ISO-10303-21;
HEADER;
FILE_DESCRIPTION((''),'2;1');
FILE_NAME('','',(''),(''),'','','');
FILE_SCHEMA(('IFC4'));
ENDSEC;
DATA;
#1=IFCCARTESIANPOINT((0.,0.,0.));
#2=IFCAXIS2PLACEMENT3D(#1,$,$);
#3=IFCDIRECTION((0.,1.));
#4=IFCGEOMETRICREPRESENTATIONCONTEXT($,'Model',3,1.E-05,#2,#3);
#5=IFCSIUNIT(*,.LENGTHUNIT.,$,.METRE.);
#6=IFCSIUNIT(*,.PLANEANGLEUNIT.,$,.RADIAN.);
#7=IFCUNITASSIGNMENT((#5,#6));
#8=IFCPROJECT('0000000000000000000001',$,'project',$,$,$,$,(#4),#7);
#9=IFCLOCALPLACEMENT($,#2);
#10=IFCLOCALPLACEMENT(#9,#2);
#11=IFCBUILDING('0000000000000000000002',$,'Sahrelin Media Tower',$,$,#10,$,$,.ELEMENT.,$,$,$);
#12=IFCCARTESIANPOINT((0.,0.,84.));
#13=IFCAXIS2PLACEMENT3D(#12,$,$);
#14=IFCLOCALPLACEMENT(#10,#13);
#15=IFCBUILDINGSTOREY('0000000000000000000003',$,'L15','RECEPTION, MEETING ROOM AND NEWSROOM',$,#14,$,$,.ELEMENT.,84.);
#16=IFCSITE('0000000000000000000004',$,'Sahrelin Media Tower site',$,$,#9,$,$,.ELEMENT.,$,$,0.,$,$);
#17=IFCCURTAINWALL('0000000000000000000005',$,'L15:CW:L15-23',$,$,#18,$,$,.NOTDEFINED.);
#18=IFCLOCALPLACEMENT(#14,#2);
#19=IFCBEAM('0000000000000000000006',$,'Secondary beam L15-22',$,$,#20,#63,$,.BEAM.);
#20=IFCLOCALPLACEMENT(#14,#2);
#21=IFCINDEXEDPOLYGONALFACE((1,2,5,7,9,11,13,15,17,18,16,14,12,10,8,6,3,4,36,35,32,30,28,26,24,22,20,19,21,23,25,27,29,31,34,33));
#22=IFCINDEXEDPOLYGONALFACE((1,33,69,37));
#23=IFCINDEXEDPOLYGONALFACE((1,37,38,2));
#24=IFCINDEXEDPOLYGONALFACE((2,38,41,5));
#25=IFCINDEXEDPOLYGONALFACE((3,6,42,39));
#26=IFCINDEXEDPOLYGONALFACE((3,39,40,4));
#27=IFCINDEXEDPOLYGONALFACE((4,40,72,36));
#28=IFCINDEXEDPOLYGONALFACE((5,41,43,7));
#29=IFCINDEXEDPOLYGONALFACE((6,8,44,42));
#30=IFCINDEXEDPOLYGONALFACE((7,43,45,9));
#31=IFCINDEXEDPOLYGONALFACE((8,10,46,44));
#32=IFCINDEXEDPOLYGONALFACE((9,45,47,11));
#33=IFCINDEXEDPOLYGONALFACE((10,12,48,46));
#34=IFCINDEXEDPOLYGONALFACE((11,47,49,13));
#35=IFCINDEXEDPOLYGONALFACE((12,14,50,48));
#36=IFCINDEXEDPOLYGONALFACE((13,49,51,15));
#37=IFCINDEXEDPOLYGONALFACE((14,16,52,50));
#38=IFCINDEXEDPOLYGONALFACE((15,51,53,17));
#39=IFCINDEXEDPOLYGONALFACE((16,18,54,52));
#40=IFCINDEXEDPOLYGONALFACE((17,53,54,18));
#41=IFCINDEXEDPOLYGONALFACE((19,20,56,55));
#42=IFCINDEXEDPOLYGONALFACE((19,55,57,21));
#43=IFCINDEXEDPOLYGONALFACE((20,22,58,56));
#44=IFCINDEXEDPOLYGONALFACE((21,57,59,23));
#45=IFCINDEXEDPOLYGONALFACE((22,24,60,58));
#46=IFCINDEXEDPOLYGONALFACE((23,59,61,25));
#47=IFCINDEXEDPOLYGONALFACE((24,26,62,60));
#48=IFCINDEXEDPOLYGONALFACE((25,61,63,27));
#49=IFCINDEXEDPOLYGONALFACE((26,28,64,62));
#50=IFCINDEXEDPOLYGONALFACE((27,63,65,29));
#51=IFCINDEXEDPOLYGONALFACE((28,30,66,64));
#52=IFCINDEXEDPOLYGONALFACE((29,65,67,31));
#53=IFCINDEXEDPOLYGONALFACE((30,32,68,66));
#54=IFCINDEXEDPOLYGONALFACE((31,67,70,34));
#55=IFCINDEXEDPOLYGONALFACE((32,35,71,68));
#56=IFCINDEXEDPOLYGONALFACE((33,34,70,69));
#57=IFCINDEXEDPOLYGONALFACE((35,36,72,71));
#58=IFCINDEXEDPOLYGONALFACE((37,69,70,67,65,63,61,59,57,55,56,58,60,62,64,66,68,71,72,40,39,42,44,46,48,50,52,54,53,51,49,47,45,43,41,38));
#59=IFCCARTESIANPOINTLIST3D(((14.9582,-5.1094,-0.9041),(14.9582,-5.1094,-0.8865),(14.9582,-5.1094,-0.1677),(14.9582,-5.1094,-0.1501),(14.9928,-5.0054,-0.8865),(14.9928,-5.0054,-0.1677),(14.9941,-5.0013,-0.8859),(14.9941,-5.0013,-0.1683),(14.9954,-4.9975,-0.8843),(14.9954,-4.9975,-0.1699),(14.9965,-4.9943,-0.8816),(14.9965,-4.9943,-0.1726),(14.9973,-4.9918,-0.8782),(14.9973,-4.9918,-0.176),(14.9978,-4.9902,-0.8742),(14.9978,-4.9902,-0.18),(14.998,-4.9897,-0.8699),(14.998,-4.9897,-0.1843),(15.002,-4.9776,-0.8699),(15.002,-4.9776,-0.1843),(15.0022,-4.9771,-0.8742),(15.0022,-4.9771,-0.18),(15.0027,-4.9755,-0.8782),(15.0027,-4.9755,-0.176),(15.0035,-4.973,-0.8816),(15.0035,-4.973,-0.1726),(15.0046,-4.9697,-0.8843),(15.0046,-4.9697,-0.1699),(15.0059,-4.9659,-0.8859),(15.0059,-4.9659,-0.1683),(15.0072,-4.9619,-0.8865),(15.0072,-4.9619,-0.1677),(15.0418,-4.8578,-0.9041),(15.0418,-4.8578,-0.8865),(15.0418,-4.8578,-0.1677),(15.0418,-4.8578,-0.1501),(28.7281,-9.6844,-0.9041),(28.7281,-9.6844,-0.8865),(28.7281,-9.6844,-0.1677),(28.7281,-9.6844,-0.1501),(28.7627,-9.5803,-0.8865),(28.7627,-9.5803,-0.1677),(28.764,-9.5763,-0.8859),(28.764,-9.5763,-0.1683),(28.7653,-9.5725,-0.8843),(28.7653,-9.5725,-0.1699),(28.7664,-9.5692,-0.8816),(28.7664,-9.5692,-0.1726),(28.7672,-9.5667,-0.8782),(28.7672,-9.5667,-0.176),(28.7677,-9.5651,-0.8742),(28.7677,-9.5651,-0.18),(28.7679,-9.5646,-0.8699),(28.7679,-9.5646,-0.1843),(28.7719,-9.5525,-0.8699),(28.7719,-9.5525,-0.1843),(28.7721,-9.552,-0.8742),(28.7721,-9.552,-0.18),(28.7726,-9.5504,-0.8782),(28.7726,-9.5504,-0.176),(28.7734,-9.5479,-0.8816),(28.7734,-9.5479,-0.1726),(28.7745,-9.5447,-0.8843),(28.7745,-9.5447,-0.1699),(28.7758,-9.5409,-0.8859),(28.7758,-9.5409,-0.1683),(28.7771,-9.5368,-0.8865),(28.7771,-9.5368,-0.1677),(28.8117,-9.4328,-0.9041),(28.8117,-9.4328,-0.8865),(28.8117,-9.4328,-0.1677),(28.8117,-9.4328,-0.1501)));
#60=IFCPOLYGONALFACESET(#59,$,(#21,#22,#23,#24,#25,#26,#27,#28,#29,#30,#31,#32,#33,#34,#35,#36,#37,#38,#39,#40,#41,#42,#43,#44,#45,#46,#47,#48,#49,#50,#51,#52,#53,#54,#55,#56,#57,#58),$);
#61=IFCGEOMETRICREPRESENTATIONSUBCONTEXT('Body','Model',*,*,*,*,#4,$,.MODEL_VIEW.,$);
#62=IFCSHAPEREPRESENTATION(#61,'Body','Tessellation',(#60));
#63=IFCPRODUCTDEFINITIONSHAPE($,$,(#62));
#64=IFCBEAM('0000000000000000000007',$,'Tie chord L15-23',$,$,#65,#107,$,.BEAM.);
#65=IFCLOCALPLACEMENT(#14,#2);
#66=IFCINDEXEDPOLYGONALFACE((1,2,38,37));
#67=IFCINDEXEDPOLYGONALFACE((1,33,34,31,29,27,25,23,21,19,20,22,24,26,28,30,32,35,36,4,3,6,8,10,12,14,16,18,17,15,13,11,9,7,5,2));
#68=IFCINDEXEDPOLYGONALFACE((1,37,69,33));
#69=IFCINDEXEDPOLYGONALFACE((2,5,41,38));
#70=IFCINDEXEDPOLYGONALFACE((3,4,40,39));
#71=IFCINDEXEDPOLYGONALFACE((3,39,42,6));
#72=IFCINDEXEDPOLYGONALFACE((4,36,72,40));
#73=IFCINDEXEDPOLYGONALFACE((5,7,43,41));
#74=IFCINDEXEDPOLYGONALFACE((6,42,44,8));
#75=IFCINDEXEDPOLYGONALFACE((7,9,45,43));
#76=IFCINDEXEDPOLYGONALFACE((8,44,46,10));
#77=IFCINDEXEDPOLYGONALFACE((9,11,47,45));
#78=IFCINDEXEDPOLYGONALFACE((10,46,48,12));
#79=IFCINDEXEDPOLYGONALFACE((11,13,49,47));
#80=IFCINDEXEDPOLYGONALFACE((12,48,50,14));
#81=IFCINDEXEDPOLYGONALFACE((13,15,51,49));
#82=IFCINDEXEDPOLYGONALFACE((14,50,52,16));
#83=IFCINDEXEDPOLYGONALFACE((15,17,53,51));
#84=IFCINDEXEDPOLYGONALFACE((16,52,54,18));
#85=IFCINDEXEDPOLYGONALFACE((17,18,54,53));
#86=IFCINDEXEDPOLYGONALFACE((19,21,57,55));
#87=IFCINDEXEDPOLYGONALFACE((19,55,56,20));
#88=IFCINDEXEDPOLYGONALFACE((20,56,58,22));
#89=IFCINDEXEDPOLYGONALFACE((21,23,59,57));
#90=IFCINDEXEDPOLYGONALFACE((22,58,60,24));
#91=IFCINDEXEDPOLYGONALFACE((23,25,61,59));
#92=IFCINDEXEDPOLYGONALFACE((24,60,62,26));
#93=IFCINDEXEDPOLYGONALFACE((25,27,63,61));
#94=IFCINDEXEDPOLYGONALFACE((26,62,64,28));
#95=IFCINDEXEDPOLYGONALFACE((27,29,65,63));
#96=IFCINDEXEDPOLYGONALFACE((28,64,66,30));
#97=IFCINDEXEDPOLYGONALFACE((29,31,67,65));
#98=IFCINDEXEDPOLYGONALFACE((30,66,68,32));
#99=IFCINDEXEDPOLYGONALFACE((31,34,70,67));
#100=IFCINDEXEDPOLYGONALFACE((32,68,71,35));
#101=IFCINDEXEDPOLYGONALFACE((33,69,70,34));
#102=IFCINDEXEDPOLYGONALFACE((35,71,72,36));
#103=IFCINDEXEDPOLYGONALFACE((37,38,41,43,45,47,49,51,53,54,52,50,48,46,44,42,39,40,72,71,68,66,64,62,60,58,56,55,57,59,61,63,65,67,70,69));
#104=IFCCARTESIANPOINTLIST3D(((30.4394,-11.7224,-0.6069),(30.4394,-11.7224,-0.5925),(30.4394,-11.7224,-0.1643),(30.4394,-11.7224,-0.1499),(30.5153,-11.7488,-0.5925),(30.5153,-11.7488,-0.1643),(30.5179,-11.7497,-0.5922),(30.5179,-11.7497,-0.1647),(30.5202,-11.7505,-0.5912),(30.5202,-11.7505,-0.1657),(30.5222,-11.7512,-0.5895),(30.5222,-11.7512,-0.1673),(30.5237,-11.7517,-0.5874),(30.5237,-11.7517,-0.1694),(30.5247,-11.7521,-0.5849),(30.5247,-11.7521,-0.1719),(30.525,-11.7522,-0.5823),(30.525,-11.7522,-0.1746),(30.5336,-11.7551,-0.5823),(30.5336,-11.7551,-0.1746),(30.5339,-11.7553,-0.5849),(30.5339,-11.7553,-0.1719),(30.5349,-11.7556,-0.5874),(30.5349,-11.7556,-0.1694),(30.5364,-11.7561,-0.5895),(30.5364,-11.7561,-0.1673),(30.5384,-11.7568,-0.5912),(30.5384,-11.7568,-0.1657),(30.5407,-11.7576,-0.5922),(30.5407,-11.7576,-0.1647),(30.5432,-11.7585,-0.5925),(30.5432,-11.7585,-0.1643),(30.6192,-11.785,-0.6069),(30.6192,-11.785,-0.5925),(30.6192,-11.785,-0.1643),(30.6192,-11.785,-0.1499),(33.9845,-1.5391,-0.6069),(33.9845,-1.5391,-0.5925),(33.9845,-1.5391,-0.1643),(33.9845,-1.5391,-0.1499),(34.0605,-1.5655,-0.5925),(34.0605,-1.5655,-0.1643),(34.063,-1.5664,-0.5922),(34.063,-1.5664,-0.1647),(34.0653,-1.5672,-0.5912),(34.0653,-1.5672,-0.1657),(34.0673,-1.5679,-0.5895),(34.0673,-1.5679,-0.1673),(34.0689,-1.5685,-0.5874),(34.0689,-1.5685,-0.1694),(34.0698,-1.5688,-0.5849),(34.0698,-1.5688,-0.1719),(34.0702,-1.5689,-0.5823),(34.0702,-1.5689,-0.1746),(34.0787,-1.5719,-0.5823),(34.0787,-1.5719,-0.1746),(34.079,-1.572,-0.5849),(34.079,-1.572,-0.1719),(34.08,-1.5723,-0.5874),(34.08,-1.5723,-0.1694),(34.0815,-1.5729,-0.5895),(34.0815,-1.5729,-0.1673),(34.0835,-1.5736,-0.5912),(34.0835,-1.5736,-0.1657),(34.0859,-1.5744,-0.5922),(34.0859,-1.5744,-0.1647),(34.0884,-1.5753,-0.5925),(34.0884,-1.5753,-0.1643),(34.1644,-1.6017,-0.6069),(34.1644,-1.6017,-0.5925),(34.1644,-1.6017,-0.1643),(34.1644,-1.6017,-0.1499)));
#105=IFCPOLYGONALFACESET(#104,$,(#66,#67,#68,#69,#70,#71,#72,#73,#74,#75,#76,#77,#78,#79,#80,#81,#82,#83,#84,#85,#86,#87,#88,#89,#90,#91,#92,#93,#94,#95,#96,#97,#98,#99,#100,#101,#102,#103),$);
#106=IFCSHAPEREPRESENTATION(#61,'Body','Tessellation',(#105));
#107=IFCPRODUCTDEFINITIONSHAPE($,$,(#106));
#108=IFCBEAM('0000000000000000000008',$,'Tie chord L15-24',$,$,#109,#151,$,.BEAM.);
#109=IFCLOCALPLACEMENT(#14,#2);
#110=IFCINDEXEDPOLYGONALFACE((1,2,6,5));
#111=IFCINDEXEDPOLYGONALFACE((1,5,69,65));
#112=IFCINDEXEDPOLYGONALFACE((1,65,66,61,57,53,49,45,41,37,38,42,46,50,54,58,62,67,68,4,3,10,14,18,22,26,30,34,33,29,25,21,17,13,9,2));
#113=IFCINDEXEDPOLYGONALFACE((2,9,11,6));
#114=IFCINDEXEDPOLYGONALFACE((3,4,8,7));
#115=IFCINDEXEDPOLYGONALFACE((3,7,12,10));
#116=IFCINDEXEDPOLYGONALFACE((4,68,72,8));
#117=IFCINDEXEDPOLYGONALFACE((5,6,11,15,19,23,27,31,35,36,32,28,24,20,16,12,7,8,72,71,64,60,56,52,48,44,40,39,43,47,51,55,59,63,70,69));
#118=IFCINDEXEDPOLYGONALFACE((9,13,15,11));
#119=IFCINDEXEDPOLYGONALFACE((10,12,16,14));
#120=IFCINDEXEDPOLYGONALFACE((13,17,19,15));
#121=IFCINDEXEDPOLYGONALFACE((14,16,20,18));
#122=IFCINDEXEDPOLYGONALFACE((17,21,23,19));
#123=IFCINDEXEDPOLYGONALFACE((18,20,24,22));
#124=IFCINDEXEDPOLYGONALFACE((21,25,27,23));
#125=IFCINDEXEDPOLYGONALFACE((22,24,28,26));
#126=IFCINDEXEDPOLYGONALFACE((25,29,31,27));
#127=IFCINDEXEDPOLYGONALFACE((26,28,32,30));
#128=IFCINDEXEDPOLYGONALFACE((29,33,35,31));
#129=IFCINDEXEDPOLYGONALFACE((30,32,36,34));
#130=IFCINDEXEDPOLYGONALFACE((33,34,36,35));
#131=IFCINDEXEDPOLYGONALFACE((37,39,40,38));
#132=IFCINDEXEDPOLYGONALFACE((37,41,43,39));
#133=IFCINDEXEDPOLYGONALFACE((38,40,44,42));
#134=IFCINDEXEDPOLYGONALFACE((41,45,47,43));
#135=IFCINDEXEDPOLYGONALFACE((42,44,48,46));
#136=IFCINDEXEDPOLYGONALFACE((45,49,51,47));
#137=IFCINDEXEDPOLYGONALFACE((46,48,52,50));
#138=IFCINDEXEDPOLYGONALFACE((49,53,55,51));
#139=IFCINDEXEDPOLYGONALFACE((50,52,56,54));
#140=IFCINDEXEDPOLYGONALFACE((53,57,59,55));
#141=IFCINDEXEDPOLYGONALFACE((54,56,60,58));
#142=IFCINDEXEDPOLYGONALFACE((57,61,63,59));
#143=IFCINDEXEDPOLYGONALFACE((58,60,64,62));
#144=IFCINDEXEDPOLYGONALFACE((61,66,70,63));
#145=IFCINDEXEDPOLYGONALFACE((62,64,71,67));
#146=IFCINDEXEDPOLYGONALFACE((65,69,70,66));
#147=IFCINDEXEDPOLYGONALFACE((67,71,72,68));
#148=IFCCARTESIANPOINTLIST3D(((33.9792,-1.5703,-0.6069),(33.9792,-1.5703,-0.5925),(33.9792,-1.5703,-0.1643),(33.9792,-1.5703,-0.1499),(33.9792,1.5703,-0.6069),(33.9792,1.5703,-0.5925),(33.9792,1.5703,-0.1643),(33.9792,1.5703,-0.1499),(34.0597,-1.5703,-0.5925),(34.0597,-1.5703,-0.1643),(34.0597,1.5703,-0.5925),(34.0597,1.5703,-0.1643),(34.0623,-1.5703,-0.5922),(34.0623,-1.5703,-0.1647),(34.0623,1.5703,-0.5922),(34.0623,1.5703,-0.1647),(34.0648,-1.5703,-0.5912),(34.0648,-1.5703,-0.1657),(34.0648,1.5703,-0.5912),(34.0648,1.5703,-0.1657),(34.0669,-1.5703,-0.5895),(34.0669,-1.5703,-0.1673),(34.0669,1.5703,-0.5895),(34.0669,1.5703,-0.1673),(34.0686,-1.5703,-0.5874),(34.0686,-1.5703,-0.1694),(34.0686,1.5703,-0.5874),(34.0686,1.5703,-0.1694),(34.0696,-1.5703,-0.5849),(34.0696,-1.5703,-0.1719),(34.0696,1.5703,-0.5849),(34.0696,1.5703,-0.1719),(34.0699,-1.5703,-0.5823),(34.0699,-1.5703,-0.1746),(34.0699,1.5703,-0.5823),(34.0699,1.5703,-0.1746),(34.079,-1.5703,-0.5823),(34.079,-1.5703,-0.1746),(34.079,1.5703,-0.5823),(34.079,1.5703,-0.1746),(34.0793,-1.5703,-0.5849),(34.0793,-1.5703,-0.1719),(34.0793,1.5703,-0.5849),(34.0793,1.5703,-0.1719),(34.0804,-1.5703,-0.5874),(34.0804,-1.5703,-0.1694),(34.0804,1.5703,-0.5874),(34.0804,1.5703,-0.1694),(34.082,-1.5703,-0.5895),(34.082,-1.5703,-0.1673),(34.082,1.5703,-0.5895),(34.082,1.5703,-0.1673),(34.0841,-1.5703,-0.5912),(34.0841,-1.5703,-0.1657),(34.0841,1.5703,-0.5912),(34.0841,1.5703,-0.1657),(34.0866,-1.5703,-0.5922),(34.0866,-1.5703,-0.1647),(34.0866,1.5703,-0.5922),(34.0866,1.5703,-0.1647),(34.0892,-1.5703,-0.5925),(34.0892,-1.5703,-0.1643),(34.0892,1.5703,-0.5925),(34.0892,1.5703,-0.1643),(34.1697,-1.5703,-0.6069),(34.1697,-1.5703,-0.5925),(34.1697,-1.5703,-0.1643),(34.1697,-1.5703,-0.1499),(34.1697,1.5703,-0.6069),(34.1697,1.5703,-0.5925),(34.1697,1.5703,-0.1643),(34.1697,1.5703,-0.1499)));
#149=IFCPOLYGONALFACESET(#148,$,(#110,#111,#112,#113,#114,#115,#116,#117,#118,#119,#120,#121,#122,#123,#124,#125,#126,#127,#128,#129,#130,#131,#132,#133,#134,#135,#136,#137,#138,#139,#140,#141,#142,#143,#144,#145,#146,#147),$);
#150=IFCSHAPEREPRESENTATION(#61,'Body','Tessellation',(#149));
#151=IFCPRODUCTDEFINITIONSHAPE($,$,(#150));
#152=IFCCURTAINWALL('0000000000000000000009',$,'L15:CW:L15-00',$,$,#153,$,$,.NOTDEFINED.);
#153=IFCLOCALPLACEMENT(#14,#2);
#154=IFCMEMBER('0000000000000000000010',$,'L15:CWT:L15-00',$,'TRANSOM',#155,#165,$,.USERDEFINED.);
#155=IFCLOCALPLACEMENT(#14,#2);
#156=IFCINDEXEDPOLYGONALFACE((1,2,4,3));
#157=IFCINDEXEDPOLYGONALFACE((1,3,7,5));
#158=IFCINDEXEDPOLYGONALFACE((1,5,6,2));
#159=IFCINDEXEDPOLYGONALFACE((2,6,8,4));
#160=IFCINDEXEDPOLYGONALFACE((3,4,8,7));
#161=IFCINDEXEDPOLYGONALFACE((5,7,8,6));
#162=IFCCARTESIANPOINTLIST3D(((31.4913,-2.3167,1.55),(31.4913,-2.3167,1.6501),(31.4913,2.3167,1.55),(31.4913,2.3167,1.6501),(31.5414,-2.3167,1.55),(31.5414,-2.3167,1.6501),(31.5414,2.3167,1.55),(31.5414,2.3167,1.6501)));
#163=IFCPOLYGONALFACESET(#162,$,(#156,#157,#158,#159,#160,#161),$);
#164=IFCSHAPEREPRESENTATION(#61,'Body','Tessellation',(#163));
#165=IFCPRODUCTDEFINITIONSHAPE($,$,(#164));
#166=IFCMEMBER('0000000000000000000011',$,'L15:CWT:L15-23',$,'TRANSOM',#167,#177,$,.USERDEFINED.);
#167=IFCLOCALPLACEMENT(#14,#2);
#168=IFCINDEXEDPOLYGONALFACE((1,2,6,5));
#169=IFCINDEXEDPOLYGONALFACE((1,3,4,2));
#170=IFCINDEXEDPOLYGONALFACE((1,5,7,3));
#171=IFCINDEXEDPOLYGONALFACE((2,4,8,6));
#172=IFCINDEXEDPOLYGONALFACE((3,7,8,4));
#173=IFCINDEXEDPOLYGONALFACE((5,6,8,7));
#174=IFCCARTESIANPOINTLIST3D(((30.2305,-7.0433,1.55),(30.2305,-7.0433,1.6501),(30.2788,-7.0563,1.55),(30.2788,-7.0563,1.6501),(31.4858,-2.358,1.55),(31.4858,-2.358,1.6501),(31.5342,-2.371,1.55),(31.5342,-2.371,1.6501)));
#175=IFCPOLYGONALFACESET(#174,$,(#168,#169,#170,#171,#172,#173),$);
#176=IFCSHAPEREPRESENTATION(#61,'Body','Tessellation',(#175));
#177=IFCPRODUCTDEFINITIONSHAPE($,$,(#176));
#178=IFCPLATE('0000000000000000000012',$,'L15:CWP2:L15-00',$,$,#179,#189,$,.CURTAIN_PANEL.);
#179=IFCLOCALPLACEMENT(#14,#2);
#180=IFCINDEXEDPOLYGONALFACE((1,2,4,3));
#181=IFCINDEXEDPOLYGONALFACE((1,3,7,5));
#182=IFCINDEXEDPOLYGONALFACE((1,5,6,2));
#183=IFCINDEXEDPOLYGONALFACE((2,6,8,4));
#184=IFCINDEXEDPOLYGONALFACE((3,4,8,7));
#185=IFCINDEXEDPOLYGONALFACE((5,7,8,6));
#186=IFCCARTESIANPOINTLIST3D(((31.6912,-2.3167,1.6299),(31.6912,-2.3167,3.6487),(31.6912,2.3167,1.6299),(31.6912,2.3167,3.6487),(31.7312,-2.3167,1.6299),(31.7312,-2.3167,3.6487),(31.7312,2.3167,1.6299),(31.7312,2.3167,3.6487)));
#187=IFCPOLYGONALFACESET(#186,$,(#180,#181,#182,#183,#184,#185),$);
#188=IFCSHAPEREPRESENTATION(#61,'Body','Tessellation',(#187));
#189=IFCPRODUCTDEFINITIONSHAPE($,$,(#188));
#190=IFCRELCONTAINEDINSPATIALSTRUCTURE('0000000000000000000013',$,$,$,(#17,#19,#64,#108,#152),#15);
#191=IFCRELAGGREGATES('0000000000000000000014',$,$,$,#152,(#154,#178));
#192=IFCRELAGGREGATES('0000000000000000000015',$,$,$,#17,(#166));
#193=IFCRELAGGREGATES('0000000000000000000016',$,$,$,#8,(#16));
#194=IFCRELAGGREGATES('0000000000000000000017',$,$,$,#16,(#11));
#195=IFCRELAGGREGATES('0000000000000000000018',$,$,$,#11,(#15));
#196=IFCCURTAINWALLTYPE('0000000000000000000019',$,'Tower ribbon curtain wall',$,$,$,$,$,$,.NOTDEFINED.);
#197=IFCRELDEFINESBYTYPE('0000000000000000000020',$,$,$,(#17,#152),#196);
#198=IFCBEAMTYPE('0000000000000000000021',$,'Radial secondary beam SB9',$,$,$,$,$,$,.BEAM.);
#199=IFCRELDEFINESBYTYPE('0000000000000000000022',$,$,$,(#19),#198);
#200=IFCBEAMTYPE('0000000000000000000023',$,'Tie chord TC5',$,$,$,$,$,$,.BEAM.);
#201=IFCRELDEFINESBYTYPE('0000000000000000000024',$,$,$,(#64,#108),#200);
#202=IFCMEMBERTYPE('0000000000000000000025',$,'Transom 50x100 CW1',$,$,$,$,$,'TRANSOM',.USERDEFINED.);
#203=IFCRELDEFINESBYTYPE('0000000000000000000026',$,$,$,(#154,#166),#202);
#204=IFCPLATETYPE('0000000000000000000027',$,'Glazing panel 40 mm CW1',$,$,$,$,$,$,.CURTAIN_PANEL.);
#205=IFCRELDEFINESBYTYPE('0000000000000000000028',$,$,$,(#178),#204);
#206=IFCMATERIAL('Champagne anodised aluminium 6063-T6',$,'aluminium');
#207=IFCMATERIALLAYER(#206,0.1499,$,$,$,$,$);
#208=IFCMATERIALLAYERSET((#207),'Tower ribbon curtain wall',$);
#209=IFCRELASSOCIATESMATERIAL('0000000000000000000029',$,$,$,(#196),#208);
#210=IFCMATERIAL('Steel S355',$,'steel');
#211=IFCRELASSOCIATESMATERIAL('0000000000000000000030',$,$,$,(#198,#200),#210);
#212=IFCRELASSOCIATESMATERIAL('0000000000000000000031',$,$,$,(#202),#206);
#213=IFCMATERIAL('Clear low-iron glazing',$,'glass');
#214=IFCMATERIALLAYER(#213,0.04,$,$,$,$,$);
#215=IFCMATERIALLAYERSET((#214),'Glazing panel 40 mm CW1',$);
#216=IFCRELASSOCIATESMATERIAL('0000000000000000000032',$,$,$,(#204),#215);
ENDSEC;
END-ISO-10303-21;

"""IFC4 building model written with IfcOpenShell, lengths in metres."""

from ifc_helpers import new_model, si_unit, direction, frame, origin, origin_2d, place, context, subcontext, project, spatial, polyline, rectangle, i_section, outline, extrude, material, layer, layer_set, material_profile, profile_set, type_object, element, aggregate, save


model = new_model("IFC4")

# Units and contexts
model_context = context("Model", 3, precision=1e-05, world=origin(), true_north=direction((0.0, 1.0)))
body_context = subcontext(model_context, "Body", "Model", "MODEL_VIEW")
ifc_project = project(units=[si_unit("LENGTHUNIT", "METRE"), si_unit("PLANEANGLEUNIT", "RADIAN")], contexts=[model_context])

# Site, building, storey
site_placement = place(None, origin())
site = spatial("IfcSite", under=ifc_project, at=site_placement, Name="Sahrelin Media Tower site", CompositionType="ELEMENT", RefElevation=0.0)
building_placement = place(site_placement, origin())
building = spatial("IfcBuilding", under=site, at=building_placement, Name="Sahrelin Media Tower", CompositionType="ELEMENT")
storey_placement = place(building_placement, frame((0.0, 0.0, 84.0)))
storey = spatial("IfcBuildingStorey", under=building, at=storey_placement, Name="L15", Description="RECEPTION, MEETING ROOM AND NEWSROOM", CompositionType="ELEMENT", Elevation=84.0)

# Shared definitions
ifc_material_1 = material(Name="Steel S355", Category="steel")

# Curtain wall
ifc_material_2 = material(Name="Champagne anodised aluminium 6063-T6", Category="aluminium")
ifc_layer_1 = layer(ifc_material_2, 0.1499)
ifc_layer_set_1 = layer_set([ifc_layer_1], Name="Tower ribbon curtain wall")
curtain_wall_type = type_object("IfcCurtainWallType", Name="Tower ribbon curtain wall", PredefinedType="NOTDEFINED", material=ifc_layer_set_1)
curtain_wall_1_placement = place(storey_placement, frame((31.0708, -4.7576, 0.0), z_axis=(0.0, 0.0, 1.0), x_axis=(1.0, 0.0, 0.0)))
curtain_wall_1 = element("IfcCurtainWall", 1, at=curtain_wall_1_placement, inside=storey, type_object=curtain_wall_type, Name="L15:CW:L15-23", PredefinedType="NOTDEFINED")

# Beams
ifc_material_profile_1 = material_profile(ifc_material_1, i_section(OverallWidth=0.2651, OverallDepth=0.7539, WebThickness=0.0127, FlangeThickness=0.0176, FilletRadius=0.0166, at=origin_2d()), Name="UB 762x267x147")
ifc_profile_set_1 = profile_set([ifc_material_profile_1], Name="Steel S355")
beam_type_1 = type_object("IfcBeamType", Name="Radial secondary beam SB9", PredefinedType="BEAM", material=ifc_profile_set_1)
beam_1_placement = place(storey_placement, frame((15.0, -4.9836, -0.5271), z_axis=(0.948994, -0.315294, 0.0), x_axis=(0.315294, 0.948994, 0.0)))
element("IfcBeam", 2, at=beam_1_placement, inside=storey, type_object=beam_type_1, Name="Secondary beam L15-22", PredefinedType="BEAM", context=body_context, shape_type="SweptSolid", body=[
    extrude(i_section(OverallWidth=0.2651, OverallDepth=0.7539, WebThickness=0.0127, FlangeThickness=0.0176, FilletRadius=0.0166, at=origin_2d()), origin(), (0.0, 0.0, 1.0), 14.51),
])
ifc_material_profile_2 = material_profile(ifc_material_1, i_section(OverallWidth=0.1904, OverallDepth=0.457, WebThickness=0.009, FlangeThickness=0.0144, FilletRadius=0.0103, at=origin_2d()), Name="UB 457x191x74")
ifc_profile_set_2 = profile_set([ifc_material_profile_2], Name="Steel S355")
beam_type_2 = type_object("IfcBeamType", Name="Tie chord TC5", PredefinedType="BEAM", material=ifc_profile_set_2)
beam_2_placement = place(storey_placement, frame((30.5293, -11.7537, -0.3784), z_axis=(0.32878, 0.944407, 0.0), x_axis=(-0.944407, 0.32878, 0.0)))
element("IfcBeam", 3, at=beam_2_placement, inside=storey, type_object=beam_type_2, Name="Tie chord L15-23", PredefinedType="BEAM", context=body_context, shape_type="SweptSolid", body=[
    extrude(i_section(OverallWidth=0.1904, OverallDepth=0.457, WebThickness=0.009, FlangeThickness=0.0144, FilletRadius=0.0103, at=origin_2d()), origin(), (0.0, 0.0, 1.0), 10.7827),
])
beam_3_placement = place(storey_placement, frame((34.0745, -1.5703, -0.3784), z_axis=(0.0, 1.0, 0.0), x_axis=(-1.0, 0.0, 0.0)))
element("IfcBeam", 4, at=beam_3_placement, inside=storey, type_object=beam_type_2, Name="Tie chord L15-24", PredefinedType="BEAM", context=body_context, shape_type="SweptSolid", body=[
    extrude(i_section(OverallWidth=0.1904, OverallDepth=0.457, WebThickness=0.009, FlangeThickness=0.0144, FilletRadius=0.0103, at=origin_2d()), origin(), (0.0, 0.0, 1.0), 3.1406),
])

# Curtain wall, member
curtain_wall_2_placement = place(storey_placement, frame((31.7112, 0.0, 0.0), z_axis=(0.0, 0.0, 1.0), x_axis=(1.0, 0.0, 0.0)))
curtain_wall_2 = element("IfcCurtainWall", 5, at=curtain_wall_2_placement, inside=storey, type_object=curtain_wall_type, Name="L15:CW:L15-00", PredefinedType="NOTDEFINED")
ifc_material_profile_3 = material_profile(ifc_material_2, rectangle(XDim=0.05, YDim=0.1001, at=origin_2d()), Name="Transom 50x100")
ifc_profile_set_3 = profile_set([ifc_material_profile_3], Name="Champagne anodised aluminium 6063-T6")
member_type_1 = type_object("IfcMemberType", Name="Transom 50x100 CW1", ElementType="TRANSOM", PredefinedType="USERDEFINED", material=ifc_profile_set_3)
member_1_placement = place(storey_placement, frame((31.5164, -2.3167, 1.6001), z_axis=(0.0, 1.0, 0.0), x_axis=(-1.0, 0.0, 0.0)))
member_1 = element("IfcMember", 6, at=member_1_placement, type_object=member_type_1, Name="L15:CWT:L15-00", ObjectType="TRANSOM", PredefinedType="USERDEFINED", context=body_context, shape_type="SweptSolid", body=[
    extrude(rectangle(XDim=0.05, YDim=0.1001, at=origin_2d()), origin(), (0.0, 0.0, 1.0), 4.6333),
])

# Member
member_2_placement = place(storey_placement, frame((30.2546, -7.0498, 1.6001), z_axis=(0.258809, 0.965929, 0.0), x_axis=(-0.965929, 0.258809, 0.0)))
member_2 = element("IfcMember", 7, at=member_2_placement, type_object=member_type_1, Name="L15:CWT:L15-23", ObjectType="TRANSOM", PredefinedType="USERDEFINED", context=body_context, shape_type="SweptSolid", body=[
    extrude(rectangle(XDim=0.05, YDim=0.1001, at=origin_2d()), origin(), (0.0, 0.0, 1.0), 4.8506),
])

# Plate
ifc_material_3 = material(Name="Clear low-iron glazing", Category="glass")
ifc_layer_2 = layer(ifc_material_3, 0.04)
ifc_layer_set_2 = layer_set([ifc_layer_2], Name="Glazing panel 40 mm CW1")
plate_type_1 = type_object("IfcPlateType", Name="Glazing panel 40 mm CW1", PredefinedType="CURTAIN_PANEL", material=ifc_layer_set_2)
plate_1_placement = place(storey_placement, frame((31.7312, -2.3167, 1.6299), z_axis=(1.0, 0.0, 0.0), x_axis=(0.0, 1.0, 0.0)))
plate_1 = element("IfcPlate", 8, at=plate_1_placement, type_object=plate_type_1, Name="L15:CWP2:L15-00", PredefinedType="CURTAIN_PANEL", context=body_context, shape_type="SweptSolid", body=[
    extrude(outline(polyline([(0.0, 0.0), (4.6333, 0.0), (4.6333, 2.0188), (0.0, 2.0188), (0.0, 0.0)])), origin(), (0.0, 0.0, -1.0), 0.04),
])
aggregate(curtain_wall_2, [member_1, plate_1])
aggregate(curtain_wall_1, [member_2])

save(model, "model.ifc")
